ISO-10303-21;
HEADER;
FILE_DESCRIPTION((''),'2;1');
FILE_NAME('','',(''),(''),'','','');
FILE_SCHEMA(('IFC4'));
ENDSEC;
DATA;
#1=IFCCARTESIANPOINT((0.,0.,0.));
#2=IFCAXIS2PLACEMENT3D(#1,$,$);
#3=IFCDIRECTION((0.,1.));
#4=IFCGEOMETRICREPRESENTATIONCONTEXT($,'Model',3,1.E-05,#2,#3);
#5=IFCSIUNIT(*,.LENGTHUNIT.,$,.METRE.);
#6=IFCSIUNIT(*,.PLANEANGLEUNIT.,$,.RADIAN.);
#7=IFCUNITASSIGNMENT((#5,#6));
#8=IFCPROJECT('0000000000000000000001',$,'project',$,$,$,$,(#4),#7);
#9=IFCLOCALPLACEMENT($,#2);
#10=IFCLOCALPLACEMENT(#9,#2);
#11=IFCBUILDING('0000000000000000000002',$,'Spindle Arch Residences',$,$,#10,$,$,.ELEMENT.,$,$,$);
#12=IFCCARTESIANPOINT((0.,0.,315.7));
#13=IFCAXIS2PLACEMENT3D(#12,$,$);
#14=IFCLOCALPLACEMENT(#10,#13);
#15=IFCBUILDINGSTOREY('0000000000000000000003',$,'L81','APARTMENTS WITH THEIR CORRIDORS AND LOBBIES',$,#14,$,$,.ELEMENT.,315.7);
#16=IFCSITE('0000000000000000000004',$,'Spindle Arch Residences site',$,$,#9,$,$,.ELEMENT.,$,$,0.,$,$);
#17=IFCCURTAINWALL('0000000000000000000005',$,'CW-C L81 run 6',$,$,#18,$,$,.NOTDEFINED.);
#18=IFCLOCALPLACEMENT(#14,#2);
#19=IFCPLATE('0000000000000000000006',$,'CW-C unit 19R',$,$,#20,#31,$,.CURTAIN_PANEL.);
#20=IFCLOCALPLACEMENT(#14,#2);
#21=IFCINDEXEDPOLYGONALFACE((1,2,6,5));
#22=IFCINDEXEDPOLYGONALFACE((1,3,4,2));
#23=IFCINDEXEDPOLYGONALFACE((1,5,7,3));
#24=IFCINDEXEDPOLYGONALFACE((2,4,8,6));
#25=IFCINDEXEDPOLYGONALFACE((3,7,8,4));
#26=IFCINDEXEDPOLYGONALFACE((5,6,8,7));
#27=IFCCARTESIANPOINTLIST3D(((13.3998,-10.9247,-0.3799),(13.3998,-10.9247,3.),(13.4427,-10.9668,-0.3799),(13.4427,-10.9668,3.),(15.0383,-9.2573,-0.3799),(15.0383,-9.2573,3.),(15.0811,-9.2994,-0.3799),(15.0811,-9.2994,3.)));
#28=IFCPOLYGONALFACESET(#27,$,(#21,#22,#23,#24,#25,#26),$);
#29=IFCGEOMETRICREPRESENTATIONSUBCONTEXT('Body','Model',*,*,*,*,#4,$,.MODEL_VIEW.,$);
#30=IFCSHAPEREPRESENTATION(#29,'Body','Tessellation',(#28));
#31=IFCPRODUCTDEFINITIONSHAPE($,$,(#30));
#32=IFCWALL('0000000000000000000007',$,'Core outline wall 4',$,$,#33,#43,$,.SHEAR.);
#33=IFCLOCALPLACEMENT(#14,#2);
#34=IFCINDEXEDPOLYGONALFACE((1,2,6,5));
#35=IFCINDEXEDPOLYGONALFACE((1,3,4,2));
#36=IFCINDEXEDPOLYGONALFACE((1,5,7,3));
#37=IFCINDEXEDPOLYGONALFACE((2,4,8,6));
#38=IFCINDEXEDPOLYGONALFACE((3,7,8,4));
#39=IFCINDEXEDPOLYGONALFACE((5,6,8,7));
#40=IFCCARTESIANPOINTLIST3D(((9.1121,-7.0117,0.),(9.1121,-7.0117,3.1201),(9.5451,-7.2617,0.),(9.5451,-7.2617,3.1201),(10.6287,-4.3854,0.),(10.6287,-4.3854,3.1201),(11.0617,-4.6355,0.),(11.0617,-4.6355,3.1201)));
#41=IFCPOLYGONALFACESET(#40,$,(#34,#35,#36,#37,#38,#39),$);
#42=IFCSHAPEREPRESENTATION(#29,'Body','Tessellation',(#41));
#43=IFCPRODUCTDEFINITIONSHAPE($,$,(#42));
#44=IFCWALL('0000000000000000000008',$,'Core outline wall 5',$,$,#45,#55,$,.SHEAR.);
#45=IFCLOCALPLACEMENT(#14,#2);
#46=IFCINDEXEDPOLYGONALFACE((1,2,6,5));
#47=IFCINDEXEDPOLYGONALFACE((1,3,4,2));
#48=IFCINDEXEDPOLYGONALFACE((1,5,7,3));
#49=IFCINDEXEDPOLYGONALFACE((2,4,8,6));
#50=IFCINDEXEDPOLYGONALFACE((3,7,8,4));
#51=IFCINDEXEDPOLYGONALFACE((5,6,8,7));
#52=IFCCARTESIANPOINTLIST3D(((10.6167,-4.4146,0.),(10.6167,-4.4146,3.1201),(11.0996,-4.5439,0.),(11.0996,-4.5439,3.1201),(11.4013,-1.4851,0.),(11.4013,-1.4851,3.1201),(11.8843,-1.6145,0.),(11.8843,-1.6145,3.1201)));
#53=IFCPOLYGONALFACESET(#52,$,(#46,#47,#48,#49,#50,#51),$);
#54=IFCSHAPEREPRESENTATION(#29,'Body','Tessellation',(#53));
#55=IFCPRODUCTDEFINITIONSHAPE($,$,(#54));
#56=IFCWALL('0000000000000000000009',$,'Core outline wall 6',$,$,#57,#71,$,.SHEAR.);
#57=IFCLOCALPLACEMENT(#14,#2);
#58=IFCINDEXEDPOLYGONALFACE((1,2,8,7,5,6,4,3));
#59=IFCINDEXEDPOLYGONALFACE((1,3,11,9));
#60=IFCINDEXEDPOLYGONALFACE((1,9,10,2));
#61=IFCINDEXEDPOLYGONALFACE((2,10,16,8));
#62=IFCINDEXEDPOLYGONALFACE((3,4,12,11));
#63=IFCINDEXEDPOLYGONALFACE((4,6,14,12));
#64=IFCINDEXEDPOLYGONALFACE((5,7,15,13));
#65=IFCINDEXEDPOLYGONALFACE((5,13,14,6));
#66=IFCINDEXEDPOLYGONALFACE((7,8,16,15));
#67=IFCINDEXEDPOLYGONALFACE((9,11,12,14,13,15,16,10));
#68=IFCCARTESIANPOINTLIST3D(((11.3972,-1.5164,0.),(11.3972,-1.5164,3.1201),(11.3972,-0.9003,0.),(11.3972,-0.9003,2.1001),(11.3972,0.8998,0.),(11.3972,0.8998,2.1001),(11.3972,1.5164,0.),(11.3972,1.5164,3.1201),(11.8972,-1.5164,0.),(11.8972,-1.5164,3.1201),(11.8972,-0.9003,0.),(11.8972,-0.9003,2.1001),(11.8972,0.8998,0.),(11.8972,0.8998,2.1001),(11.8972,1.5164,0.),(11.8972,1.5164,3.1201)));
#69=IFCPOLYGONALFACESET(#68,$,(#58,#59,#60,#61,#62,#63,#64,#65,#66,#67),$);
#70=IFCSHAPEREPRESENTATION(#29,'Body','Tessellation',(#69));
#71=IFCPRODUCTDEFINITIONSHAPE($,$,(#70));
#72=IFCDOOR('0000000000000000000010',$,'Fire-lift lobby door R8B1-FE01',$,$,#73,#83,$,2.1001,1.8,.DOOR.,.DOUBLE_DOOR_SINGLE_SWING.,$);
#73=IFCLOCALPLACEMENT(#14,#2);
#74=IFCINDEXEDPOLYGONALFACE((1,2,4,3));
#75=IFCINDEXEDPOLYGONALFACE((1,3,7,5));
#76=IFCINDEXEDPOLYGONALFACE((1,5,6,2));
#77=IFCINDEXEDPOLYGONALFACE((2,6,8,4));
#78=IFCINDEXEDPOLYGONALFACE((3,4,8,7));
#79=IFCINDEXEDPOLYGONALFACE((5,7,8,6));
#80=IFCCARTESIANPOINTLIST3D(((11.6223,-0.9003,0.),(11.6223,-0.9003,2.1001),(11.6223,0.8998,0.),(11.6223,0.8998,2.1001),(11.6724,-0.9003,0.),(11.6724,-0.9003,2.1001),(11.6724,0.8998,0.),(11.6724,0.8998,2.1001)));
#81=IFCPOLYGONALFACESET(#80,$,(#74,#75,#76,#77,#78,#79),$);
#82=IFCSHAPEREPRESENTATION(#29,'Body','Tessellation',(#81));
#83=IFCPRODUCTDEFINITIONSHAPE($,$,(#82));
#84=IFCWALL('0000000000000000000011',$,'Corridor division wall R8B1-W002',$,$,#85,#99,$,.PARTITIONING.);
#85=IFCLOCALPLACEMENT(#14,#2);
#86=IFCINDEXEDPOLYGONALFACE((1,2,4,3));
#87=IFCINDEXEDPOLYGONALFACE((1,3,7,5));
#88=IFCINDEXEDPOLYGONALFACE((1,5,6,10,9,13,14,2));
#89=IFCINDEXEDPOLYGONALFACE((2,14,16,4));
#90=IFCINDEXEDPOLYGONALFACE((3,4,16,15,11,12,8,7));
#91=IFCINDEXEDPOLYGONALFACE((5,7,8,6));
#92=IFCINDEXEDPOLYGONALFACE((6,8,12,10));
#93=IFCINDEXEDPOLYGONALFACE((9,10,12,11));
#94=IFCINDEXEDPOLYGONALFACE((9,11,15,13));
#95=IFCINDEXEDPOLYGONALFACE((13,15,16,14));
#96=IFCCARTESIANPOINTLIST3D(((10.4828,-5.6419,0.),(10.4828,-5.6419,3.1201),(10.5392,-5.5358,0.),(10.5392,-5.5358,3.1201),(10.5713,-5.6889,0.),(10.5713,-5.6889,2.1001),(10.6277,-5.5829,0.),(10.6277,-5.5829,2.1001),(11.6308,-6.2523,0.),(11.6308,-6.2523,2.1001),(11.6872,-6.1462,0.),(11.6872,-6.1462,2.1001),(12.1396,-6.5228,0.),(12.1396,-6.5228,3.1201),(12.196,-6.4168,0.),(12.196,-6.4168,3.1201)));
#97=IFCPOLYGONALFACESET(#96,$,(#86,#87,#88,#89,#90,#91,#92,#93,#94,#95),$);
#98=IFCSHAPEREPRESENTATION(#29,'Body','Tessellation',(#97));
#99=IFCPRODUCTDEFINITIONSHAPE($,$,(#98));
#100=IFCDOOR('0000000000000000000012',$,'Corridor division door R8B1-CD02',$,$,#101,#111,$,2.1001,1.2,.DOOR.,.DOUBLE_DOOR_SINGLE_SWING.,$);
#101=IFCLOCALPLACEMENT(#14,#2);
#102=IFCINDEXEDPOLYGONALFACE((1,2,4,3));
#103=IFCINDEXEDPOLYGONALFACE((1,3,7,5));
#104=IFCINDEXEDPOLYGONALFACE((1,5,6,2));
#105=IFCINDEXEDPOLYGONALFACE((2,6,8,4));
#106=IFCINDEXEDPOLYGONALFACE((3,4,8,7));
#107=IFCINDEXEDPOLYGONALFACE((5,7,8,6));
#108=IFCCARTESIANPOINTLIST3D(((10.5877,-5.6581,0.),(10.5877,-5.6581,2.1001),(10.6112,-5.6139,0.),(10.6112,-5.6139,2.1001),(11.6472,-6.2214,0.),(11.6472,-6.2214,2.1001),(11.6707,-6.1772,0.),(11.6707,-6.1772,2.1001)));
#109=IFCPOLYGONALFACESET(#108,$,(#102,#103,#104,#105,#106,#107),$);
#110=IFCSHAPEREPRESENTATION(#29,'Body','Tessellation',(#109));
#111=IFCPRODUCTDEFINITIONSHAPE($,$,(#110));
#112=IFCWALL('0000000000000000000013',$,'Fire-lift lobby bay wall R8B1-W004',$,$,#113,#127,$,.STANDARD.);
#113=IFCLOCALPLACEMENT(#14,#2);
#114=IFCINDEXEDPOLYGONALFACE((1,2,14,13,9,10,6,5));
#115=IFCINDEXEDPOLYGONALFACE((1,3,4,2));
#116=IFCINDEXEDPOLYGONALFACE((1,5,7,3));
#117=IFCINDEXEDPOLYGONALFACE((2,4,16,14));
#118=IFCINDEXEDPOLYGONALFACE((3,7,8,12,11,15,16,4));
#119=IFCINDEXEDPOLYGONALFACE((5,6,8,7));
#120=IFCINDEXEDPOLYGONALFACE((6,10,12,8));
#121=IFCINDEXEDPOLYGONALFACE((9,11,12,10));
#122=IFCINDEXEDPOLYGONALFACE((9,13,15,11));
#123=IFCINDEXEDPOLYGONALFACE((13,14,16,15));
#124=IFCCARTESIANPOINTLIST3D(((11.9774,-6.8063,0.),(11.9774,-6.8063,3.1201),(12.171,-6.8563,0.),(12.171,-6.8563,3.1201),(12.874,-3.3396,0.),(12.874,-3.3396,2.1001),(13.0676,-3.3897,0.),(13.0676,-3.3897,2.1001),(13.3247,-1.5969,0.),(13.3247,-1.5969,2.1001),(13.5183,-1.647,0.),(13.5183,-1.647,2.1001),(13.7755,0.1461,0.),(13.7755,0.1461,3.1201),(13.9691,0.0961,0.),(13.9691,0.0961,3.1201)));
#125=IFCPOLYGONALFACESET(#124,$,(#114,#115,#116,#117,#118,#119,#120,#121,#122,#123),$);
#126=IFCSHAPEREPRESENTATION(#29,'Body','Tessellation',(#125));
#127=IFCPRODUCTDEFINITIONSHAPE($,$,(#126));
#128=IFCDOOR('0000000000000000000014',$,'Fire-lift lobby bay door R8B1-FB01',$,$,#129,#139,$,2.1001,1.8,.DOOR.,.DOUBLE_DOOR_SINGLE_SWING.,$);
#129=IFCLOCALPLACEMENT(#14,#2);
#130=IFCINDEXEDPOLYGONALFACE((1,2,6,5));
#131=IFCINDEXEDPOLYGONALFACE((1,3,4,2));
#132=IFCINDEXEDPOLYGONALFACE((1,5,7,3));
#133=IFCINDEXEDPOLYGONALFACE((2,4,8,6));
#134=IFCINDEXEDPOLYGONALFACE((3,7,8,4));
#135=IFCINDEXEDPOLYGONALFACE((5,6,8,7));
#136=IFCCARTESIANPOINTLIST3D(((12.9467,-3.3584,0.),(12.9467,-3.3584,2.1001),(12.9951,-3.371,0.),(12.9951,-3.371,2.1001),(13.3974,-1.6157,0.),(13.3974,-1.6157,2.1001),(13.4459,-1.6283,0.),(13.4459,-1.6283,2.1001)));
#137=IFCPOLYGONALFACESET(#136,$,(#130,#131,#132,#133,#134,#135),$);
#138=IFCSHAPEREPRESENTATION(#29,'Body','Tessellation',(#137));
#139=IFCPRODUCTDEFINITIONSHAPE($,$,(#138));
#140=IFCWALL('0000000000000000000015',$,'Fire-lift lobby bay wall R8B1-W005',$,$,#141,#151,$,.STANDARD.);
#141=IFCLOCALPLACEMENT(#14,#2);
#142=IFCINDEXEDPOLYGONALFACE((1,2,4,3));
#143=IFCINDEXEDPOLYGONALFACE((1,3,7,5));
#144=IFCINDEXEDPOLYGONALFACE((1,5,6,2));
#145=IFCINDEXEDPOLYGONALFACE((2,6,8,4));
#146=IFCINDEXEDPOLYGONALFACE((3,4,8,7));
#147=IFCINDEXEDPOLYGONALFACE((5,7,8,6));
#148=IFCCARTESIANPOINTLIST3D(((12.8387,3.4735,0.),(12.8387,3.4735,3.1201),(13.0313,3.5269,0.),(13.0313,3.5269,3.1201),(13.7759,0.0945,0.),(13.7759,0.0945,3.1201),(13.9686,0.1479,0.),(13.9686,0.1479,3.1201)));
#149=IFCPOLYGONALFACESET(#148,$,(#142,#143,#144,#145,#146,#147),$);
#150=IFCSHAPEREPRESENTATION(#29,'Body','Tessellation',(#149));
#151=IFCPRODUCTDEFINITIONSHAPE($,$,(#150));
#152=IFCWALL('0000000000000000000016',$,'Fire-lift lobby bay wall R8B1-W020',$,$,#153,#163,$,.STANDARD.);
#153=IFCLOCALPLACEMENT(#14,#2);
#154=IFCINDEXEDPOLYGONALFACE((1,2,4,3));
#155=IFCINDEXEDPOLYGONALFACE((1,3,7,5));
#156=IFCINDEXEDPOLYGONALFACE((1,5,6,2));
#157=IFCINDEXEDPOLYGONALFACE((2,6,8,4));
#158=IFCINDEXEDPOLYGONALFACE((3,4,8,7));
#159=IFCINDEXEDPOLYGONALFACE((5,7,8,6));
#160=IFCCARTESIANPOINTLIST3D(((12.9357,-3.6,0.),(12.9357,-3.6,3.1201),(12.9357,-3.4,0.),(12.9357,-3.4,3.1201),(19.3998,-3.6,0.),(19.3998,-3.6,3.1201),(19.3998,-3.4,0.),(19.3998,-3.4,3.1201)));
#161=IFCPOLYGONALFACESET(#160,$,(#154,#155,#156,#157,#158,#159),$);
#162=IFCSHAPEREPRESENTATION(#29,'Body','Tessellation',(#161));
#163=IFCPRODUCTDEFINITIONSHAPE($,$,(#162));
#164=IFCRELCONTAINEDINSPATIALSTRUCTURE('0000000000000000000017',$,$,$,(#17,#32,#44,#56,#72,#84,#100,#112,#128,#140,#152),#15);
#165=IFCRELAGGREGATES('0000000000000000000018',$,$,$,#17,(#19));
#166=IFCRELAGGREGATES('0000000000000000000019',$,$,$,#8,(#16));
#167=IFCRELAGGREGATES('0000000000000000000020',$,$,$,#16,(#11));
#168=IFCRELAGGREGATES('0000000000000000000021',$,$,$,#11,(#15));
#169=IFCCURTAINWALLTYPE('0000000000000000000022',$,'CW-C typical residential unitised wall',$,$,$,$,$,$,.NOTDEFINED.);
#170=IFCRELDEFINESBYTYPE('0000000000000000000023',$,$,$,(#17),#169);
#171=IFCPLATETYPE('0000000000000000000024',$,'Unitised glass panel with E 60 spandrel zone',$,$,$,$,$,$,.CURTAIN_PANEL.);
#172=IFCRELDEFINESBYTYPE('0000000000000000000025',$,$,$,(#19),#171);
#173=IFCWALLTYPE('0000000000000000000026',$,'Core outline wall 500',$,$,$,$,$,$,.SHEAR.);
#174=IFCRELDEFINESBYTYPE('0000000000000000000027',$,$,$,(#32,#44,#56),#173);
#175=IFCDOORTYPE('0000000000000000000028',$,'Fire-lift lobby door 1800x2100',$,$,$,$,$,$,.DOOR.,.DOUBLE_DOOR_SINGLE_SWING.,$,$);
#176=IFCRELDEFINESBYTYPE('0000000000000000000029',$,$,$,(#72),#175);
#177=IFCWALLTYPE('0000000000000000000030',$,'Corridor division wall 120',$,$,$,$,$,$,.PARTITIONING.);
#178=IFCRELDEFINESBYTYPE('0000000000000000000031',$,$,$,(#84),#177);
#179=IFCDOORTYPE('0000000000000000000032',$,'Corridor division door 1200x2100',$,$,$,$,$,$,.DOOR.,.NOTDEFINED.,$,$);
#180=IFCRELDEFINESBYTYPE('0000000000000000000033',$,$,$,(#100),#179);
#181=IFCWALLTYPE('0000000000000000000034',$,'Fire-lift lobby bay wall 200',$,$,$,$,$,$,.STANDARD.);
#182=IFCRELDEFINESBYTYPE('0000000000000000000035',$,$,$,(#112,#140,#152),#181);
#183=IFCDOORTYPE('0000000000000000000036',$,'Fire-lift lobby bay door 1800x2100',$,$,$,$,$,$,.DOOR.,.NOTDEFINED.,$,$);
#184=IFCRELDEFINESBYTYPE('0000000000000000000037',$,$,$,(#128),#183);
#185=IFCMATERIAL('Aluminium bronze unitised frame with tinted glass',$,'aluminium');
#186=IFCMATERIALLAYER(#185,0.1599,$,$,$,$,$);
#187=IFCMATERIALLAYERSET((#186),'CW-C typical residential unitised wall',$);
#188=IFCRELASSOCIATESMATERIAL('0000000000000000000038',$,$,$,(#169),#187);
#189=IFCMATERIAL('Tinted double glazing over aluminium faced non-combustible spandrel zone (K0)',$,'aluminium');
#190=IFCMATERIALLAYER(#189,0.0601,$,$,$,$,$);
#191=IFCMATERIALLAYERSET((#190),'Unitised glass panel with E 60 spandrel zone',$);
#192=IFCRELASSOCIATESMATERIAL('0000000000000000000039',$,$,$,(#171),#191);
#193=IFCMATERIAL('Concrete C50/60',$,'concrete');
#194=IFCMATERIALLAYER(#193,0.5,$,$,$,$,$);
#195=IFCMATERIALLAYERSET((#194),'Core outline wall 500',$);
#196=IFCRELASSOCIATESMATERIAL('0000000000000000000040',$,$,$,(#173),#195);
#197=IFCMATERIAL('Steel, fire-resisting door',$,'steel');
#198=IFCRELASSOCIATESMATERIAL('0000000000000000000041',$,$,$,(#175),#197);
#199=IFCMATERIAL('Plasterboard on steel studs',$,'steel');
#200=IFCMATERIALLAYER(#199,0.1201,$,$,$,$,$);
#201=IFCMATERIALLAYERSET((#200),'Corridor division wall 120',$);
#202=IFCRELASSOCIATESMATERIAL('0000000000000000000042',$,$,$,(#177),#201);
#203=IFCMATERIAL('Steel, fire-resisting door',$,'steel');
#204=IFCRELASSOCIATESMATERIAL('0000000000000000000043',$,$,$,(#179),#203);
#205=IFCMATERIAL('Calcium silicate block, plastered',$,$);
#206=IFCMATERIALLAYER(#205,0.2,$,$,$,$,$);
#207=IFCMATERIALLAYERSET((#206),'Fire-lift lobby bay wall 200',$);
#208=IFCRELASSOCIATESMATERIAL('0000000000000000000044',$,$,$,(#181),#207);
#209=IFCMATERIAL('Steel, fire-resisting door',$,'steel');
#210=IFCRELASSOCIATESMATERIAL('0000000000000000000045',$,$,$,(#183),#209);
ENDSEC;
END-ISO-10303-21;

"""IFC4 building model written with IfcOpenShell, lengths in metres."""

from ifc_helpers import new_model, si_unit, direction, frame, frame_2d, origin, origin_2d, place, context, subcontext, project, spatial, rectangle, extrude, material, layer, layer_set, type_object, element, fill, aggregate, save


model = new_model("IFC4")

# Units and contexts
model_context = context("Model", 3, precision=1e-05, world=origin(), true_north=direction((0.0, 1.0)))
body_context = subcontext(model_context, "Body", "Model", "MODEL_VIEW")
ifc_project = project(units=[si_unit("LENGTHUNIT", "METRE"), si_unit("PLANEANGLEUNIT", "RADIAN")], contexts=[model_context])

# Site, building, storey
site_placement = place(None, origin())
site = spatial("IfcSite", under=ifc_project, at=site_placement, Name="Spindle Arch Residences site", CompositionType="ELEMENT", RefElevation=0.0)
building_placement = place(site_placement, origin())
building = spatial("IfcBuilding", under=site, at=building_placement, Name="Spindle Arch Residences", CompositionType="ELEMENT")
storey_placement = place(building_placement, frame((0.0, 0.0, 315.7)))
storey = spatial("IfcBuildingStorey", under=building, at=storey_placement, Name="L81", Description="APARTMENTS WITH THEIR CORRIDORS AND LOBBIES", CompositionType="ELEMENT", Elevation=315.7)

# Curtain wall
ifc_material_1 = material(Name="Aluminium bronze unitised frame with tinted glass", Category="aluminium")
ifc_layer_1 = layer(ifc_material_1, 0.1599)
ifc_layer_set_1 = layer_set([ifc_layer_1], Name="CW-C typical residential unitised wall")
curtain_wall_type = type_object("IfcCurtainWallType", Name="CW-C typical residential unitised wall", PredefinedType="NOTDEFINED", material=ifc_layer_set_1)
curtain_wall_placement = place(storey_placement, origin())
curtain_wall = element("IfcCurtainWall", 1, at=curtain_wall_placement, inside=storey, type_object=curtain_wall_type, Name="CW-C L81 run 6", PredefinedType="NOTDEFINED")

# Plate
ifc_material_2 = material(Name="Tinted double glazing over aluminium faced non-combustible spandrel zone (K0)", Category="aluminium")
ifc_layer_2 = layer(ifc_material_2, 0.0601)
ifc_layer_set_2 = layer_set([ifc_layer_2], Name="Unitised glass panel with E 60 spandrel zone")
plate_type = type_object("IfcPlateType", Name="Unitised glass panel with E 60 spandrel zone", PredefinedType="CURTAIN_PANEL", material=ifc_layer_set_2)
plate_1_placement = place(storey_placement, frame((14.2405, -10.1121, -0.3799), z_axis=(0.0, 0.0, 1.0), x_axis=(0.700909, 0.71325, 0.0)))
plate_1 = element("IfcPlate", 2, at=plate_1_placement, type_object=plate_type, Name="CW-C unit 19R", PredefinedType="CURTAIN_PANEL", context=body_context, shape_type="SweptSolid", body=[
    extrude(rectangle(XDim=2.3376, YDim=0.0601, at=origin_2d()), origin(), (0.0, 0.0, 1.0), 3.3799),
])
aggregate(curtain_wall, [plate_1])

# Walls
ifc_material_3 = material(Name="Concrete C50/60", Category="concrete")
ifc_layer_3 = layer(ifc_material_3, 0.5)
ifc_layer_set_3 = layer_set([ifc_layer_3], Name="Core outline wall 500")
wall_type_1 = type_object("IfcWallType", Name="Core outline wall 500", PredefinedType="SHEAR", material=ifc_layer_set_3)
for number, where, z_axis, x_axis, name in (
    (3, (9.3286, -7.1367, 0.0), (0.0, 0.0, 1.0), (0.500087, 0.865975, 0.0), "Core outline wall 4"),
    (4, (10.8582, -4.4792, 0.0), (0.0, 0.0, 1.0), (0.258735, 0.965948, 0.0), "Core outline wall 5"),
):
    element("IfcWall", number, at=place(storey_placement, frame(where, z_axis=z_axis, x_axis=x_axis)), inside=storey, type_object=wall_type_1, Name=name, PredefinedType="SHEAR", context=body_context, shape_type="SweptSolid", body=[
        extrude(rectangle(XDim=3.0327, YDim=0.5, at=frame_2d((1.5164, 0.0))), origin(), (0.0, 0.0, 1.0), 3.1201),
    ])

# Walls, openings, doors
wall_1_placement = place(storey_placement, frame((11.6472, -1.5164, 0.0), z_axis=(0.0, 0.0, 1.0), x_axis=(0.0, 1.0, 0.0)))
wall_1 = element("IfcWall", 5, at=wall_1_placement, inside=storey, type_object=wall_type_1, Name="Core outline wall 6", PredefinedType="SHEAR", context=body_context, shape_type="SweptSolid", body=[
    extrude(rectangle(XDim=3.0327, YDim=0.5, at=frame_2d((1.5164, 0.0))), origin(), (0.0, 0.0, 1.0), 3.1201),
])
opening_1_placement = place(wall_1_placement, frame((0.6162, 0.0, 0.0)))
opening_1 = element("IfcOpeningElement", 6, at=opening_1_placement, cuts=wall_1, PredefinedType="OPENING", context=body_context, shape_type="SweptSolid", body=[
    extrude(rectangle(XDim=1.8, YDim=2.1001, at=frame_2d((0.8999, 1.05))), frame((0.0, 0.26, 0.0), z_axis=(0.0, -1.0, 0.0), x_axis=(1.0, 0.0, 0.0)), (0.0, 0.0, 1.0), 0.52),
])
ifc_material_4 = material(Name="Steel, fire-resisting door", Category="steel")
door_type_1 = type_object("IfcDoorType", Name="Fire-lift lobby door 1800x2100", OperationType="DOUBLE_DOOR_SINGLE_SWING", PredefinedType="DOOR", material=ifc_material_4)
door_1_placement = place(opening_1_placement, origin())
door_1 = element("IfcDoor", 7, at=door_1_placement, inside=storey, type_object=door_type_1, Name="Fire-lift lobby door R8B1-FE01", OperationType="DOUBLE_DOOR_SINGLE_SWING", OverallHeight=2.1001, OverallWidth=1.8, PredefinedType="DOOR", context=body_context, shape_type="SweptSolid", body=[
    extrude(rectangle(XDim=1.8, YDim=2.1001, at=frame_2d((0.8999, 1.05))), frame((0.0, 0.0249, 0.0), z_axis=(0.0, -1.0, 0.0), x_axis=(1.0, 0.0, 0.0)), (0.0, 0.0, 1.0), 0.05),
])
fill(opening_1, door_1)
ifc_material_5 = material(Name="Plasterboard on steel studs", Category="steel")
ifc_layer_4 = layer(ifc_material_5, 0.1201)
ifc_layer_set_4 = layer_set([ifc_layer_4], Name="Corridor division wall 120")
wall_type_2 = type_object("IfcWallType", Name="Corridor division wall 120", PredefinedType="PARTITIONING", material=ifc_layer_set_4)
wall_2_placement = place(storey_placement, frame((10.511, -5.5889, 0.0), z_axis=(0.0, 0.0, 1.0), x_axis=(0.882957, -0.469453, 0.0)))
wall_2 = element("IfcWall", 8, at=wall_2_placement, inside=storey, type_object=wall_type_2, Name="Corridor division wall R8B1-W002", PredefinedType="PARTITIONING", context=body_context, shape_type="SweptSolid", body=[
    extrude(rectangle(XDim=1.8765, YDim=0.1201, at=frame_2d((0.9382, 0.0))), origin(), (0.0, 0.0, 1.0), 3.1201),
])
opening_2_placement = place(wall_2_placement, frame((0.1001, 0.0, 0.0)))
opening_2 = element("IfcOpeningElement", 9, at=opening_2_placement, cuts=wall_2, PredefinedType="OPENING", context=body_context, shape_type="SweptSolid", body=[
    extrude(rectangle(XDim=1.2, YDim=2.1001, at=frame_2d((0.6001, 1.05))), frame((0.0, 0.0701, 0.0), z_axis=(0.0, -1.0, 0.0), x_axis=(1.0, 0.0, 0.0)), (0.0, 0.0, 1.0), 0.1401),
])
ifc_material_6 = material(Name="Steel, fire-resisting door", Category="steel")
door_type_2 = type_object("IfcDoorType", Name="Corridor division door 1200x2100", OperationType="NOTDEFINED", PredefinedType="DOOR", material=ifc_material_6)
door_2_placement = place(opening_2_placement, origin())
door_2 = element("IfcDoor", 10, at=door_2_placement, inside=storey, type_object=door_type_2, Name="Corridor division door R8B1-CD02", OperationType="DOUBLE_DOOR_SINGLE_SWING", OverallHeight=2.1001, OverallWidth=1.2, PredefinedType="DOOR", context=body_context, shape_type="SweptSolid", body=[
    extrude(rectangle(XDim=1.2, YDim=2.1001, at=frame_2d((0.6001, 1.05))), frame((0.0, 0.0249, 0.0), z_axis=(0.0, -1.0, 0.0), x_axis=(1.0, 0.0, 0.0)), (0.0, 0.0, 1.0), 0.05),
])
fill(opening_2, door_2)
ifc_material_7 = material(Name="Calcium silicate block, plastered")
ifc_layer_5 = layer(ifc_material_7, 0.2)
ifc_layer_set_5 = layer_set([ifc_layer_5], Name="Fire-lift lobby bay wall 200")
wall_type_3 = type_object("IfcWallType", Name="Fire-lift lobby bay wall 200", PredefinedType="STANDARD", material=ifc_layer_set_5)
wall_3_placement = place(storey_placement, frame((12.0742, -6.8313, 0.0), z_axis=(0.0, 0.0, 1.0), x_axis=(0.250391, 0.968145, 0.0)))
wall_3 = element("IfcWall", 11, at=wall_3_placement, inside=storey, type_object=wall_type_3, Name="Fire-lift lobby bay wall R8B1-W004", PredefinedType="STANDARD", context=body_context, shape_type="SweptSolid", body=[
    extrude(rectangle(XDim=7.1812, YDim=0.2, at=frame_2d((3.5906, 0.0))), origin(), (0.0, 0.0, 1.0), 3.1201),
])
opening_3_placement = place(wall_3_placement, frame((3.5808, 0.0, 0.0)))
opening_3 = element("IfcOpeningElement", 12, at=opening_3_placement, cuts=wall_3, PredefinedType="OPENING", context=body_context, shape_type="SweptSolid", body=[
    extrude(rectangle(XDim=1.8, YDim=2.1001, at=frame_2d((0.8999, 1.05))), frame((0.0, 0.1099, 0.0), z_axis=(0.0, -1.0, 0.0), x_axis=(1.0, 0.0, 0.0)), (0.0, 0.0, 1.0), 0.22),
])
ifc_material_8 = material(Name="Steel, fire-resisting door", Category="steel")
door_type_3 = type_object("IfcDoorType", Name="Fire-lift lobby bay door 1800x2100", OperationType="NOTDEFINED", PredefinedType="DOOR", material=ifc_material_8)
door_3_placement = place(opening_3_placement, origin())
door_3 = element("IfcDoor", 13, at=door_3_placement, inside=storey, type_object=door_type_3, Name="Fire-lift lobby bay door R8B1-FB01", OperationType="DOUBLE_DOOR_SINGLE_SWING", OverallHeight=2.1001, OverallWidth=1.8, PredefinedType="DOOR", context=body_context, shape_type="SweptSolid", body=[
    extrude(rectangle(XDim=1.8, YDim=2.1001, at=frame_2d((0.8999, 1.05))), frame((0.0, 0.0249, 0.0), z_axis=(0.0, -1.0, 0.0), x_axis=(1.0, 0.0, 0.0)), (0.0, 0.0, 1.0), 0.05),
])
fill(opening_3, door_3)

# Walls
wall_4_placement = place(storey_placement, frame((13.8723, 0.1211, 0.0), z_axis=(0.0, 0.0, 1.0), x_axis=(-0.267292, 0.963616, 0.0)))
element("IfcWall", 14, at=wall_4_placement, inside=storey, type_object=wall_type_3, Name="Fire-lift lobby bay wall R8B1-W005", PredefinedType="STANDARD", context=body_context, shape_type="SweptSolid", body=[
    extrude(rectangle(XDim=3.5066, YDim=0.2, at=frame_2d((1.7534, 0.0))), origin(), (0.0, 0.0, 1.0), 3.1201),
])
wall_5_placement = place(storey_placement, frame((12.9358, -3.5, 0.0), z_axis=(0.0, 0.0, 1.0), x_axis=(1.0, 0.0, 0.0)))
element("IfcWall", 15, at=wall_5_placement, inside=storey, type_object=wall_type_3, Name="Fire-lift lobby bay wall R8B1-W020", PredefinedType="STANDARD", context=body_context, shape_type="SweptSolid", body=[
    extrude(rectangle(XDim=6.4641, YDim=0.2, at=frame_2d((3.2319, 0.0))), origin(), (0.0, 0.0, 1.0), 3.1201),
])

save(model, "model.ifc")
